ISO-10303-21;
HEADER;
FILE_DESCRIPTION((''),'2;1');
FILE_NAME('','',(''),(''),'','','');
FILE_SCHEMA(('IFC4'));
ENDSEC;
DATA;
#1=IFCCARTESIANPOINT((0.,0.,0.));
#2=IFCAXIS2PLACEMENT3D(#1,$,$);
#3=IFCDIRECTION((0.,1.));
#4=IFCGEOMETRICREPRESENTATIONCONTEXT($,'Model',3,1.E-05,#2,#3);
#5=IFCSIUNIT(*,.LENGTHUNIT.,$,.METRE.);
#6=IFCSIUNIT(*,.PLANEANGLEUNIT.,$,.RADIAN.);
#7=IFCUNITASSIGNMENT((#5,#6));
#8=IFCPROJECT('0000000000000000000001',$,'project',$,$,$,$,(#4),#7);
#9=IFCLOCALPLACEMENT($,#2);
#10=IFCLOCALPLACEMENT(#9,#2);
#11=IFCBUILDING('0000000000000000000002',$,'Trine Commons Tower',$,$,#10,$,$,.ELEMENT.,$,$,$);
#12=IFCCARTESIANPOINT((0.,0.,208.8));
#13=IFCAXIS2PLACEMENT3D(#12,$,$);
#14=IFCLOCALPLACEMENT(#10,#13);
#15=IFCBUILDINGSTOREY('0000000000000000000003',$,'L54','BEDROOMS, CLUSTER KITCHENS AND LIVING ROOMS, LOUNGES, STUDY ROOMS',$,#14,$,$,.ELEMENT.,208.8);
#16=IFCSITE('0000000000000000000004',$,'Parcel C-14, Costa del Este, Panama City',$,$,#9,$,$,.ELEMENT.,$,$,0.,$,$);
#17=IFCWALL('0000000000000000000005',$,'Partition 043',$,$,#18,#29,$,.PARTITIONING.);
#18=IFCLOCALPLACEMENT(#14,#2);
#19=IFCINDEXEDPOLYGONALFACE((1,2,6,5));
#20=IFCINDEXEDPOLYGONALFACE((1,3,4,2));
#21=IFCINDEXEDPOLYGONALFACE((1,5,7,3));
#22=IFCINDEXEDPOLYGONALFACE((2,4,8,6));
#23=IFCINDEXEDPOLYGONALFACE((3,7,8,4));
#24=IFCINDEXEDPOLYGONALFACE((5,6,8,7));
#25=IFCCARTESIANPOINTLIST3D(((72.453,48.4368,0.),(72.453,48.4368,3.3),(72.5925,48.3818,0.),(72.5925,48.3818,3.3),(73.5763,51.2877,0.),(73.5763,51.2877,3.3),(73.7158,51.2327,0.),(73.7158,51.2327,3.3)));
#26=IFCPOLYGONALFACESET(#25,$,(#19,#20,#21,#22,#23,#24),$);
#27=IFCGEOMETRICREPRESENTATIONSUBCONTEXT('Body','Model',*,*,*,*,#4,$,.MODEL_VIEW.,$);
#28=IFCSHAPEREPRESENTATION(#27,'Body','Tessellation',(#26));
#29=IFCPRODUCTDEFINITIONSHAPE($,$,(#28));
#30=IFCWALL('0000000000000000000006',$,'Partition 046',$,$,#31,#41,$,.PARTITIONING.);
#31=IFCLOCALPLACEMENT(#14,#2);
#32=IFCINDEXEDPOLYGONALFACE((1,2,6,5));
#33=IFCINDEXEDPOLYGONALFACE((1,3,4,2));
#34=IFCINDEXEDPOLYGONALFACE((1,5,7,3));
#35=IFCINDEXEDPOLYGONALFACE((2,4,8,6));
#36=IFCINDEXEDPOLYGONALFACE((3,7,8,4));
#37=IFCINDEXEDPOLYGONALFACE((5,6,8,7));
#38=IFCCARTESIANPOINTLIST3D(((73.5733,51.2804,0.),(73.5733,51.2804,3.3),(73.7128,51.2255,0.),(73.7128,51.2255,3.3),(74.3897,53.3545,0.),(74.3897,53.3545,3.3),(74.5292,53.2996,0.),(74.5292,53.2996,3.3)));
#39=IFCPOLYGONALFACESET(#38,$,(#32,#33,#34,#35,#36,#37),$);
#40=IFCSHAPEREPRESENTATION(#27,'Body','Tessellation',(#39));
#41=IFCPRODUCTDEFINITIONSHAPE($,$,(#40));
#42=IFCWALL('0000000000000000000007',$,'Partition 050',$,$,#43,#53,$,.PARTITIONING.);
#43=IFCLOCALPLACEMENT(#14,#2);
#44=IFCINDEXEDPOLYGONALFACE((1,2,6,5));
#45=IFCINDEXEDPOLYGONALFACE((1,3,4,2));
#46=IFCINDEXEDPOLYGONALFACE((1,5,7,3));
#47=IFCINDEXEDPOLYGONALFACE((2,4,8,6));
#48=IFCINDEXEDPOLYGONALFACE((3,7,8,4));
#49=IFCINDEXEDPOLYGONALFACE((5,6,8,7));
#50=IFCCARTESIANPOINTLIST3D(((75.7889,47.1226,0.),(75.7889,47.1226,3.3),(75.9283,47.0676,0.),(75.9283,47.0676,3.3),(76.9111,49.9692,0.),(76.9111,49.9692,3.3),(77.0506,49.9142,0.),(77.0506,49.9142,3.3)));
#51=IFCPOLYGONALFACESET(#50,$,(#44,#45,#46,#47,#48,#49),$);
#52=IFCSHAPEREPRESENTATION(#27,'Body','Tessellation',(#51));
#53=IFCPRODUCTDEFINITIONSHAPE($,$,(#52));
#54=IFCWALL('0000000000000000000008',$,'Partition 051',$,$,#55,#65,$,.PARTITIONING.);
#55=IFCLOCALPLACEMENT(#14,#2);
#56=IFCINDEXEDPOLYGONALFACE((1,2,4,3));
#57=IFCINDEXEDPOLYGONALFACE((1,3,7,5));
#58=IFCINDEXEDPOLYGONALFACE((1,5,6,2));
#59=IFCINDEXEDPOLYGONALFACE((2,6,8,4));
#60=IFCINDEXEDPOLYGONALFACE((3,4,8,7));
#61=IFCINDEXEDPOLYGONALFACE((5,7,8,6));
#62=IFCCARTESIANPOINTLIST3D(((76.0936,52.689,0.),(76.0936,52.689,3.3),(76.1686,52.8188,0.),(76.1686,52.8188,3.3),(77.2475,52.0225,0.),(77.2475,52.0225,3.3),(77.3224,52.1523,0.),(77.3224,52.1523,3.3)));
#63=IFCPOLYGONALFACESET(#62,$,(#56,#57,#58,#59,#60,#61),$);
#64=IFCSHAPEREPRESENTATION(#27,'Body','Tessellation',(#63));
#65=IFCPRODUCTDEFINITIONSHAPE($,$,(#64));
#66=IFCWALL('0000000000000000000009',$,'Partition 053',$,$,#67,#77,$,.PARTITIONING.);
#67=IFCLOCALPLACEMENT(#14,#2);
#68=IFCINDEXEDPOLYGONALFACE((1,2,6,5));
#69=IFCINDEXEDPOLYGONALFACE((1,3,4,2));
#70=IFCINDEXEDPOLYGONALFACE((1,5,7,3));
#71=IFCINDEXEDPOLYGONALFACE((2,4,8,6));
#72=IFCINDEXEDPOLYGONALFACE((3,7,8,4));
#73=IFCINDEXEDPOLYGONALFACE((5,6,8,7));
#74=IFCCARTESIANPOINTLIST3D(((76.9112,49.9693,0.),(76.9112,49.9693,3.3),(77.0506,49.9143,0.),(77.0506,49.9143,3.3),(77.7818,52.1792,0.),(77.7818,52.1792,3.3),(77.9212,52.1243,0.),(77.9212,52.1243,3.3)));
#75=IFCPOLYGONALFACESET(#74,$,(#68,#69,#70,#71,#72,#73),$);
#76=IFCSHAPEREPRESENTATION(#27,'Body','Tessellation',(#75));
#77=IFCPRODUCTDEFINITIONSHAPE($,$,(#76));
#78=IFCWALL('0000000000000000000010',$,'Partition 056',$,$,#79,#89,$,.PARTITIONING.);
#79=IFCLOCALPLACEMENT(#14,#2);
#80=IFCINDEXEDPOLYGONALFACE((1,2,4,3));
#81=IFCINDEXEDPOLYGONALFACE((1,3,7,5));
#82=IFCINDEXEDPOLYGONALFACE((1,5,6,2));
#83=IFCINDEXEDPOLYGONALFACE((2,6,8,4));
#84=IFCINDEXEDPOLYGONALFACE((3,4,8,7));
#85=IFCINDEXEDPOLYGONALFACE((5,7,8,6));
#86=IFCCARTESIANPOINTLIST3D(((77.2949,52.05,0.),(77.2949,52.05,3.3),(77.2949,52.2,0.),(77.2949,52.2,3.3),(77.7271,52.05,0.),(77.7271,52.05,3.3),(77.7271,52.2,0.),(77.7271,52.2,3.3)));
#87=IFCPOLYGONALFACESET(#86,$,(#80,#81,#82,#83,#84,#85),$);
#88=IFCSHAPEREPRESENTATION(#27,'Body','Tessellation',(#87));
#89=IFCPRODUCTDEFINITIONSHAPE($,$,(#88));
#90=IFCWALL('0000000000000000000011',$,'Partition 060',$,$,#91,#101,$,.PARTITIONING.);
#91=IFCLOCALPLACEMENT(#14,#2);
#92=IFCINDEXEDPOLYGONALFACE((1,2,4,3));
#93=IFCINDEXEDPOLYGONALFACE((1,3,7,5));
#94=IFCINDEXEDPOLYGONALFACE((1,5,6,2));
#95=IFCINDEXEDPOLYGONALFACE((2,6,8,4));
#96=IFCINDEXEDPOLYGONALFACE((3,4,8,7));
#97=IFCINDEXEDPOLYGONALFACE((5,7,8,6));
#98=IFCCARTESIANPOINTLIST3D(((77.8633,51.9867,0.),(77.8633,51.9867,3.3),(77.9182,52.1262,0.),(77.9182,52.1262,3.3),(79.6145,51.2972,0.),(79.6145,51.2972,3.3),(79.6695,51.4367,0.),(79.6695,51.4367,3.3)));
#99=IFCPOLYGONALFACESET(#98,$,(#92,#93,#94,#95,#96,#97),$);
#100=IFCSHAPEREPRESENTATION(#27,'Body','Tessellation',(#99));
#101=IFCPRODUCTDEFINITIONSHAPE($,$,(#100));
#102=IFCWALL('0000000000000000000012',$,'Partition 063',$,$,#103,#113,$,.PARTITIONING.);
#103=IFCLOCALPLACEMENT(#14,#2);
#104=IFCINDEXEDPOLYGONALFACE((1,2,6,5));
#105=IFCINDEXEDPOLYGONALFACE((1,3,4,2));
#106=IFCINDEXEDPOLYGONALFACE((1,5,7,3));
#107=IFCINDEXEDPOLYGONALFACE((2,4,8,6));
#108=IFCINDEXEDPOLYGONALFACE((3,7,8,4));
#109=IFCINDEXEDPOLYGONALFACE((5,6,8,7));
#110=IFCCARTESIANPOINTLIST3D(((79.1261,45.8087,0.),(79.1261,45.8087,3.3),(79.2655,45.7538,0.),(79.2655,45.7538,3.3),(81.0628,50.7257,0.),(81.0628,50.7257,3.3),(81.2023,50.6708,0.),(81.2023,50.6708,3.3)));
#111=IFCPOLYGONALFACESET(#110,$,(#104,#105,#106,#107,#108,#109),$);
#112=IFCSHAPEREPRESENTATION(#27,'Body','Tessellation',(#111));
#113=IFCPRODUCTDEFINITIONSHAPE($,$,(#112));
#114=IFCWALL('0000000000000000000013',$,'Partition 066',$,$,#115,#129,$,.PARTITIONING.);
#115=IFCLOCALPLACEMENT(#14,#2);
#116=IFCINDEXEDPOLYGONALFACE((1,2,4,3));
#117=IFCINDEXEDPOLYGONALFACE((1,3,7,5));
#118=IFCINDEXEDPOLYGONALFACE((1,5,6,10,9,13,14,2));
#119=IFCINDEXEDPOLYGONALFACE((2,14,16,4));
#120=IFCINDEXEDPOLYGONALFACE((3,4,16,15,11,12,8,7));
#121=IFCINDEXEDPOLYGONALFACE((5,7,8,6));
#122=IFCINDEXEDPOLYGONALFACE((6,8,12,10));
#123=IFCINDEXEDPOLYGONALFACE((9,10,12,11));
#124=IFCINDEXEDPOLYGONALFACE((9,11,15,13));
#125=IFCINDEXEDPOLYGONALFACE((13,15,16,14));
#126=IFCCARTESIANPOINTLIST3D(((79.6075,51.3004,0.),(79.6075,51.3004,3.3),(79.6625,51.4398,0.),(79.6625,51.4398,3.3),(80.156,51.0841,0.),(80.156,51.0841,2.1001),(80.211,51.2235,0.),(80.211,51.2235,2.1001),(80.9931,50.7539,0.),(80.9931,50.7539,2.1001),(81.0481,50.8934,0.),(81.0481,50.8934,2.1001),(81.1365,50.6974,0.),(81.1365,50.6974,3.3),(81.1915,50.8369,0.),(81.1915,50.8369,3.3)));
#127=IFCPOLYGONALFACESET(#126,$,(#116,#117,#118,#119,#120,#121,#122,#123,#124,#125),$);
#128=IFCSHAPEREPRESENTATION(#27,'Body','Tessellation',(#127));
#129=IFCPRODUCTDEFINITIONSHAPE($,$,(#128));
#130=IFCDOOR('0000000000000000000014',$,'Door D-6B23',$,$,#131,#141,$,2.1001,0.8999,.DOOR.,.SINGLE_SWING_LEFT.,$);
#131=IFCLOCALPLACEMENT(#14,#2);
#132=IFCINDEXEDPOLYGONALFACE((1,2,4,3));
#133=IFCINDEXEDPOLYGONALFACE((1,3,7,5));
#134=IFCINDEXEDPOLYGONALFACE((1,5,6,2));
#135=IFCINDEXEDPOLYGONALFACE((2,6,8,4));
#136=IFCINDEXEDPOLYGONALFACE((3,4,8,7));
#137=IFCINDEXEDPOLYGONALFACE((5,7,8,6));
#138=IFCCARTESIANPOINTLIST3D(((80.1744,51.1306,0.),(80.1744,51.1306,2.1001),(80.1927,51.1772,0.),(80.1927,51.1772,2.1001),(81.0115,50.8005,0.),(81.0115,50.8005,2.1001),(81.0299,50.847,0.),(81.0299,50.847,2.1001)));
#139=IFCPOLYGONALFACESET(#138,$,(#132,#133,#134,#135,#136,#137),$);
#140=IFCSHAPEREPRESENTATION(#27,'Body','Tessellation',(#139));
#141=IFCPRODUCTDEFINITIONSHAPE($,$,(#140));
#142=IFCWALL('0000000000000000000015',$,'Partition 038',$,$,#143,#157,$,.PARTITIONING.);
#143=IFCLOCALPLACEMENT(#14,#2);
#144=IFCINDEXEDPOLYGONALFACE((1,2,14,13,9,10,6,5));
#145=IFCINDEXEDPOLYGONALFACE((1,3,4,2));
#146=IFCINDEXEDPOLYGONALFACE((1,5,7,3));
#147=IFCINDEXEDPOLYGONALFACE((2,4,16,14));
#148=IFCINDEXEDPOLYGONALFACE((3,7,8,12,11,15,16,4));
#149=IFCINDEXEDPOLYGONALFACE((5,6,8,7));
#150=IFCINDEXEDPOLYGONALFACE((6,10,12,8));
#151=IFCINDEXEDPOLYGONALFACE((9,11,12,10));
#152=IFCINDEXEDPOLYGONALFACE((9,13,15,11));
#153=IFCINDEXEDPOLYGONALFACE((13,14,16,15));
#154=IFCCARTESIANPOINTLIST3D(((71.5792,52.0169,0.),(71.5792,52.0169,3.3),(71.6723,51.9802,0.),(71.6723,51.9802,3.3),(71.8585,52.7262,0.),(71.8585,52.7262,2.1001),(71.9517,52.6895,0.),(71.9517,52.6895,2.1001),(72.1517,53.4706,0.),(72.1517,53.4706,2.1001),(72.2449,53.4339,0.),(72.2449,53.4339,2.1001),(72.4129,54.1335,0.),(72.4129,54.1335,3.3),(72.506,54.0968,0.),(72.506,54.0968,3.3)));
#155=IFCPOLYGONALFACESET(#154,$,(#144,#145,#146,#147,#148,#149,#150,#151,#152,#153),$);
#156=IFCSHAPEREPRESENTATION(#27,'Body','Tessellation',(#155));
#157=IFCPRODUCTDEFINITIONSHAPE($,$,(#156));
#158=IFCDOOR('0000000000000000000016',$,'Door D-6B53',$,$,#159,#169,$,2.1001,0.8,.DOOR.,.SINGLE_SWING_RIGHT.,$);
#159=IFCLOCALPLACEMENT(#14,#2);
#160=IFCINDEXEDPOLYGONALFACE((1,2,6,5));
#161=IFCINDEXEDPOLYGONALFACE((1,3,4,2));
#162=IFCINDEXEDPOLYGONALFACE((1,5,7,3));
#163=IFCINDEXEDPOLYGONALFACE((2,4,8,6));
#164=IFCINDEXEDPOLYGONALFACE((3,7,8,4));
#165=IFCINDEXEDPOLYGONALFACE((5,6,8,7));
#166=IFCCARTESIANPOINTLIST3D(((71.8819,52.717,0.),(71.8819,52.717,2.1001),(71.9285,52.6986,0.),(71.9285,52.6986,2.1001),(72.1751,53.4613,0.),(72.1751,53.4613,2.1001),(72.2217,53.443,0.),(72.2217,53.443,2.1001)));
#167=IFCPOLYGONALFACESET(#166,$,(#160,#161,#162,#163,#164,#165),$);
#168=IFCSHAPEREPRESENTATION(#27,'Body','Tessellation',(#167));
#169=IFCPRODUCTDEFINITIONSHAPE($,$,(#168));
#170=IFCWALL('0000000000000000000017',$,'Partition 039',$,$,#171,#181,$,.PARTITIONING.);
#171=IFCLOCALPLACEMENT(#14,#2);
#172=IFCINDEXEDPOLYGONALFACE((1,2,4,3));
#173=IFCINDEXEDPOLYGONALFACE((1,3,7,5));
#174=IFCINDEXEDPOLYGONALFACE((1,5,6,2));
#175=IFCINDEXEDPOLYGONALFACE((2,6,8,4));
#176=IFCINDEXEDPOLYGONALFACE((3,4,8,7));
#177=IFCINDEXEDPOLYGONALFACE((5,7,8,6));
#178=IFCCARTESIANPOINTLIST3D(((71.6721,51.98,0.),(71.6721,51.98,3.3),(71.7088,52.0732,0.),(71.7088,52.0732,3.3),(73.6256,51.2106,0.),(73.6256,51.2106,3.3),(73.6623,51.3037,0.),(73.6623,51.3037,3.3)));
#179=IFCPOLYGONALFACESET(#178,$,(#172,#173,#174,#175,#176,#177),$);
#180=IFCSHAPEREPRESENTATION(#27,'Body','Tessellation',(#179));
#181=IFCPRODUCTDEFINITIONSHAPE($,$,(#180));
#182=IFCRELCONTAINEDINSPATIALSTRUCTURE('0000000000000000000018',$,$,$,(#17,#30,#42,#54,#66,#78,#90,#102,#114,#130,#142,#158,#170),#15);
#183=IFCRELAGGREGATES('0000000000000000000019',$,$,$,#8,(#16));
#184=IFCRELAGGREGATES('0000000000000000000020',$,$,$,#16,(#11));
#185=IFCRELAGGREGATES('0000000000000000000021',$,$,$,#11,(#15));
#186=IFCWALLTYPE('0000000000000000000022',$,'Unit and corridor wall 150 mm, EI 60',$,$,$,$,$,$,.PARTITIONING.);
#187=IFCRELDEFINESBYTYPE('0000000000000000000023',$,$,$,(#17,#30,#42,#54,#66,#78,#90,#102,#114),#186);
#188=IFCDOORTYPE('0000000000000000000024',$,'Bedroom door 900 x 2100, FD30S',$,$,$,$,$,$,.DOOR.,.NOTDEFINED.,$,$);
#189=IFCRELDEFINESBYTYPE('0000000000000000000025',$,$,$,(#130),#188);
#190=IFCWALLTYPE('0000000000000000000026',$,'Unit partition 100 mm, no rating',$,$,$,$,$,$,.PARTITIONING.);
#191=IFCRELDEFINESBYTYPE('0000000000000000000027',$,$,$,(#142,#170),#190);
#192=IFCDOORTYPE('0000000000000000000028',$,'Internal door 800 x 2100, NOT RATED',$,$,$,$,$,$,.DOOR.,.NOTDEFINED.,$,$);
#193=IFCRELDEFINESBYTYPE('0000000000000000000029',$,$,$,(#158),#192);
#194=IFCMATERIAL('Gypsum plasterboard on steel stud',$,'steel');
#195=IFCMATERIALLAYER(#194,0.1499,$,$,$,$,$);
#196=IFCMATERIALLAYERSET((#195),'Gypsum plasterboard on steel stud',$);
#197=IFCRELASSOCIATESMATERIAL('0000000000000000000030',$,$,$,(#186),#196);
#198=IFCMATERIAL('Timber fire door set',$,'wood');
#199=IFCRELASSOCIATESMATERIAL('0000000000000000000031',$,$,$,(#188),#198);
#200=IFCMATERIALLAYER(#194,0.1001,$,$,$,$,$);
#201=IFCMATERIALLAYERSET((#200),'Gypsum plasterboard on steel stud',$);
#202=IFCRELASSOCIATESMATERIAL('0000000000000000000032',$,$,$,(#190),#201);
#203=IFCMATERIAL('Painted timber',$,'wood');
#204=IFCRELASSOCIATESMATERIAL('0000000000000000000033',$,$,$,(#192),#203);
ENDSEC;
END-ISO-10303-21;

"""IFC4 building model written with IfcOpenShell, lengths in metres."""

from ifc_helpers import new_model, si_unit, direction, frame, frame_2d, origin, place, context, subcontext, project, spatial, rectangle, extrude, material, layer, layer_set, type_object, element, fill, save


model = new_model("IFC4")

# Units and contexts
model_context = context("Model", 3, precision=1e-05, world=origin(), true_north=direction((0.0, 1.0)))
body_context = subcontext(model_context, "Body", "Model", "MODEL_VIEW")
ifc_project = project(units=[si_unit("LENGTHUNIT", "METRE"), si_unit("PLANEANGLEUNIT", "RADIAN")], contexts=[model_context])

# Site, building, storey
site_placement = place(None, origin())
site = spatial("IfcSite", under=ifc_project, at=site_placement, Name="Parcel C-14, Costa del Este, Panama City", CompositionType="ELEMENT", RefElevation=0.0)
building_placement = place(site_placement, origin())
building = spatial("IfcBuilding", under=site, at=building_placement, Name="Trine Commons Tower", CompositionType="ELEMENT")
storey_placement = place(building_placement, frame((0.0, 0.0, 208.8)))
storey = spatial("IfcBuildingStorey", under=building, at=storey_placement, Name="L54", Description="BEDROOMS, CLUSTER KITCHENS AND LIVING ROOMS, LOUNGES, STUDY ROOMS", CompositionType="ELEMENT", Elevation=208.8)

# Walls
ifc_material_1 = material(Name="Gypsum plasterboard on steel stud", Category="steel")
ifc_layer_1 = layer(ifc_material_1, 0.1499)
ifc_layer_set_1 = layer_set([ifc_layer_1], Name="Gypsum plasterboard on steel stud")
wall_type_1 = type_object("IfcWallType", Name="Unit and corridor wall 150 mm, EI 60", PredefinedType="PARTITIONING", material=ifc_layer_set_1)
wall_1_placement = place(storey_placement, frame((72.5227, 48.4092, 0.0), z_axis=(0.0, 0.0, 1.0), x_axis=(0.366591, 0.930382, 0.0)))
element("IfcWall", 1, at=wall_1_placement, inside=storey, type_object=wall_type_1, Name="Partition 043", PredefinedType="PARTITIONING", context=body_context, shape_type="SweptSolid", body=[
    extrude(rectangle(XDim=3.0642, YDim=0.1499, at=frame_2d((1.5322, 0.0))), origin(), (0.0, 0.0, 1.0), 3.3),
])
wall_2_placement = place(storey_placement, frame((73.6431, 51.2529, 0.0), z_axis=(0.0, 0.0, 1.0), x_axis=(0.366249, 0.930517, 0.0)))
element("IfcWall", 2, at=wall_2_placement, inside=storey, type_object=wall_type_1, Name="Partition 046", PredefinedType="PARTITIONING", context=body_context, shape_type="SweptSolid", body=[
    extrude(rectangle(XDim=2.229, YDim=0.1499, at=frame_2d((1.1145, 0.0))), origin(), (0.0, 0.0, 1.0), 3.3),
])
wall_3_placement = place(storey_placement, frame((75.8586, 47.0952, 0.0), z_axis=(0.0, 0.0, 1.0), x_axis=(0.366778, 0.930309, 0.0)))
element("IfcWall", 3, at=wall_3_placement, inside=storey, type_object=wall_type_1, Name="Partition 050", PredefinedType="PARTITIONING", context=body_context, shape_type="SweptSolid", body=[
    extrude(rectangle(XDim=3.0598, YDim=0.1499, at=frame_2d((1.5298, 0.0))), origin(), (0.0, 0.0, 1.0), 3.3),
])
wall_4_placement = place(storey_placement, frame((76.1311, 52.7539, 0.0), z_axis=(0.0, 0.0, 1.0), x_axis=(0.865911, -0.500198, 0.0)))
element("IfcWall", 4, at=wall_4_placement, inside=storey, type_object=wall_type_1, Name="Partition 051", PredefinedType="PARTITIONING", context=body_context, shape_type="SweptSolid", body=[
    extrude(rectangle(XDim=1.3325, YDim=0.1499, at=frame_2d((0.6663, 0.0))), origin(), (0.0, 0.0, 1.0), 3.3),
])
wall_5_placement = place(storey_placement, frame((76.981, 49.9419, 0.0), z_axis=(0.0, 0.0, 1.0), x_axis=(0.36653, 0.930406, 0.0)))
element("IfcWall", 5, at=wall_5_placement, inside=storey, type_object=wall_type_1, Name="Partition 053", PredefinedType="PARTITIONING", context=body_context, shape_type="SweptSolid", body=[
    extrude(rectangle(XDim=2.3752, YDim=0.1499, at=frame_2d((1.1875, 0.0))), origin(), (0.0, 0.0, 1.0), 3.3),
])
wall_6_placement = place(storey_placement, frame((77.2949, 52.125, 0.0), z_axis=(0.0, 0.0, 1.0), x_axis=(1.0, 0.0, 0.0)))
element("IfcWall", 6, at=wall_6_placement, inside=storey, type_object=wall_type_1, Name="Partition 056", PredefinedType="PARTITIONING", context=body_context, shape_type="SweptSolid", body=[
    extrude(rectangle(XDim=0.4321, YDim=0.1499, at=frame_2d((0.2161, 0.0))), origin(), (0.0, 0.0, 1.0), 3.3),
])
wall_7_placement = place(storey_placement, frame((77.8909, 52.0564, 0.0), z_axis=(0.0, 0.0, 1.0), x_axis=(0.930485, -0.366331, 0.0)))
element("IfcWall", 7, at=wall_7_placement, inside=storey, type_object=wall_type_1, Name="Partition 060", PredefinedType="PARTITIONING", context=body_context, shape_type="SweptSolid", body=[
    extrude(rectangle(XDim=1.8821, YDim=0.1499, at=frame_2d((0.9409, 0.0))), origin(), (0.0, 0.0, 1.0), 3.3),
])
wall_8_placement = place(storey_placement, frame((79.1958, 45.7812, 0.0), z_axis=(0.0, 0.0, 1.0), x_axis=(0.366487, 0.930423, 0.0)))
element("IfcWall", 8, at=wall_8_placement, inside=storey, type_object=wall_type_1, Name="Partition 063", PredefinedType="PARTITIONING", context=body_context, shape_type="SweptSolid", body=[
    extrude(rectangle(XDim=5.2847, YDim=0.1499, at=frame_2d((2.6423, 0.0))), origin(), (0.0, 0.0, 1.0), 3.3),
])

# Walls, openings, doors
wall_9_placement = place(storey_placement, frame((79.635, 51.3701, 0.0), z_axis=(0.0, 0.0, 1.0), x_axis=(0.930269, -0.366879, 0.0)))
wall_9 = element("IfcWall", 9, at=wall_9_placement, inside=storey, type_object=wall_type_1, Name="Partition 066", PredefinedType="PARTITIONING", context=body_context, shape_type="SweptSolid", body=[
    extrude(rectangle(XDim=1.6436, YDim=0.1499, at=frame_2d((0.8218, 0.0))), origin(), (0.0, 0.0, 1.0), 3.3),
])
opening_1_placement = place(wall_9_placement, frame((0.5896, 0.0, 0.0)))
opening_1 = element("IfcOpeningElement", 10, at=opening_1_placement, cuts=wall_9, PredefinedType="OPENING", context=body_context, shape_type="SweptSolid", body=[
    extrude(rectangle(XDim=0.8999, YDim=2.1001, at=frame_2d((0.45, 1.05))), frame((0.0, 0.085, 0.0), z_axis=(0.0, -1.0, 0.0), x_axis=(1.0, 0.0, 0.0)), (0.0, 0.0, 1.0), 0.1699),
])
ifc_material_2 = material(Name="Timber fire door set", Category="wood")
door_type_1 = type_object("IfcDoorType", Name="Bedroom door 900 x 2100, FD30S", OperationType="NOTDEFINED", PredefinedType="DOOR", material=ifc_material_2)
door_1_placement = place(opening_1_placement, frame((0.8999, 0.0, 0.0), z_axis=(0.0, 0.0, 1.0), x_axis=(-1.0, 0.0, 0.0)))
door_1 = element("IfcDoor", 11, at=door_1_placement, inside=storey, type_object=door_type_1, Name="Door D-6B23", OperationType="SINGLE_SWING_LEFT", OverallHeight=2.1001, OverallWidth=0.8999, PredefinedType="DOOR", context=body_context, shape_type="SweptSolid", body=[
    extrude(rectangle(XDim=0.8999, YDim=2.1001, at=frame_2d((0.45, 1.05))), frame((0.0, 0.0249, 0.0), z_axis=(0.0, -1.0, 0.0), x_axis=(1.0, 0.0, 0.0)), (0.0, 0.0, 1.0), 0.05),
])
fill(opening_1, door_1)
ifc_layer_2 = layer(ifc_material_1, 0.1001)
ifc_layer_set_2 = layer_set([ifc_layer_2], Name="Gypsum plasterboard on steel stud")
wall_type_2 = type_object("IfcWallType", Name="Unit partition 100 mm, no rating", PredefinedType="PARTITIONING", material=ifc_layer_set_2)
wall_10_placement = place(storey_placement, frame((71.6257, 51.9985, 0.0), z_axis=(0.0, 0.0, 1.0), x_axis=(0.366482, 0.930425, 0.0)))
wall_10 = element("IfcWall", 12, at=wall_10_placement, inside=storey, type_object=wall_type_2, Name="Partition 038", PredefinedType="PARTITIONING", context=body_context, shape_type="SweptSolid", body=[
    extrude(rectangle(XDim=2.2749, YDim=0.1001, at=frame_2d((1.1375, 0.0))), origin(), (0.0, 0.0, 1.0), 3.3),
])
opening_2_placement = place(wall_10_placement, frame((0.7625, 0.0, 0.0)))
opening_2 = element("IfcOpeningElement", 13, at=opening_2_placement, cuts=wall_10, PredefinedType="OPENING", context=body_context, shape_type="SweptSolid", body=[
    extrude(rectangle(XDim=0.8, YDim=2.1001, at=frame_2d((0.3999, 1.05))), frame((0.0, 0.0601, 0.0), z_axis=(0.0, -1.0, 0.0), x_axis=(1.0, 0.0, 0.0)), (0.0, 0.0, 1.0), 0.1201),
])
ifc_material_3 = material(Name="Painted timber", Category="wood")
door_type_2 = type_object("IfcDoorType", Name="Internal door 800 x 2100, NOT RATED", OperationType="NOTDEFINED", PredefinedType="DOOR", material=ifc_material_3)
door_2_placement = place(opening_2_placement, origin())
door_2 = element("IfcDoor", 14, at=door_2_placement, inside=storey, type_object=door_type_2, Name="Door D-6B53", OperationType="SINGLE_SWING_RIGHT", OverallHeight=2.1001, OverallWidth=0.8, PredefinedType="DOOR", context=body_context, shape_type="SweptSolid", body=[
    extrude(rectangle(XDim=0.8, YDim=2.1001, at=frame_2d((0.3999, 1.05))), frame((0.0, 0.0249, 0.0), z_axis=(0.0, -1.0, 0.0), x_axis=(1.0, 0.0, 0.0)), (0.0, 0.0, 1.0), 0.05),
])
fill(opening_2, door_2)

# Wall
wall_11_placement = place(storey_placement, frame((71.6904, 52.0266, 0.0), z_axis=(0.0, 0.0, 1.0), x_axis=(0.93042, -0.366494, 0.0)))
element("IfcWall", 15, at=wall_11_placement, inside=storey, type_object=wall_type_2, Name="Partition 039", PredefinedType="PARTITIONING", context=body_context, shape_type="SweptSolid", body=[
    extrude(rectangle(XDim=2.0996, YDim=0.1001, at=frame_2d((1.0498, 0.0))), origin(), (0.0, 0.0, 1.0), 3.3),
])

save(model, "model.ifc")
